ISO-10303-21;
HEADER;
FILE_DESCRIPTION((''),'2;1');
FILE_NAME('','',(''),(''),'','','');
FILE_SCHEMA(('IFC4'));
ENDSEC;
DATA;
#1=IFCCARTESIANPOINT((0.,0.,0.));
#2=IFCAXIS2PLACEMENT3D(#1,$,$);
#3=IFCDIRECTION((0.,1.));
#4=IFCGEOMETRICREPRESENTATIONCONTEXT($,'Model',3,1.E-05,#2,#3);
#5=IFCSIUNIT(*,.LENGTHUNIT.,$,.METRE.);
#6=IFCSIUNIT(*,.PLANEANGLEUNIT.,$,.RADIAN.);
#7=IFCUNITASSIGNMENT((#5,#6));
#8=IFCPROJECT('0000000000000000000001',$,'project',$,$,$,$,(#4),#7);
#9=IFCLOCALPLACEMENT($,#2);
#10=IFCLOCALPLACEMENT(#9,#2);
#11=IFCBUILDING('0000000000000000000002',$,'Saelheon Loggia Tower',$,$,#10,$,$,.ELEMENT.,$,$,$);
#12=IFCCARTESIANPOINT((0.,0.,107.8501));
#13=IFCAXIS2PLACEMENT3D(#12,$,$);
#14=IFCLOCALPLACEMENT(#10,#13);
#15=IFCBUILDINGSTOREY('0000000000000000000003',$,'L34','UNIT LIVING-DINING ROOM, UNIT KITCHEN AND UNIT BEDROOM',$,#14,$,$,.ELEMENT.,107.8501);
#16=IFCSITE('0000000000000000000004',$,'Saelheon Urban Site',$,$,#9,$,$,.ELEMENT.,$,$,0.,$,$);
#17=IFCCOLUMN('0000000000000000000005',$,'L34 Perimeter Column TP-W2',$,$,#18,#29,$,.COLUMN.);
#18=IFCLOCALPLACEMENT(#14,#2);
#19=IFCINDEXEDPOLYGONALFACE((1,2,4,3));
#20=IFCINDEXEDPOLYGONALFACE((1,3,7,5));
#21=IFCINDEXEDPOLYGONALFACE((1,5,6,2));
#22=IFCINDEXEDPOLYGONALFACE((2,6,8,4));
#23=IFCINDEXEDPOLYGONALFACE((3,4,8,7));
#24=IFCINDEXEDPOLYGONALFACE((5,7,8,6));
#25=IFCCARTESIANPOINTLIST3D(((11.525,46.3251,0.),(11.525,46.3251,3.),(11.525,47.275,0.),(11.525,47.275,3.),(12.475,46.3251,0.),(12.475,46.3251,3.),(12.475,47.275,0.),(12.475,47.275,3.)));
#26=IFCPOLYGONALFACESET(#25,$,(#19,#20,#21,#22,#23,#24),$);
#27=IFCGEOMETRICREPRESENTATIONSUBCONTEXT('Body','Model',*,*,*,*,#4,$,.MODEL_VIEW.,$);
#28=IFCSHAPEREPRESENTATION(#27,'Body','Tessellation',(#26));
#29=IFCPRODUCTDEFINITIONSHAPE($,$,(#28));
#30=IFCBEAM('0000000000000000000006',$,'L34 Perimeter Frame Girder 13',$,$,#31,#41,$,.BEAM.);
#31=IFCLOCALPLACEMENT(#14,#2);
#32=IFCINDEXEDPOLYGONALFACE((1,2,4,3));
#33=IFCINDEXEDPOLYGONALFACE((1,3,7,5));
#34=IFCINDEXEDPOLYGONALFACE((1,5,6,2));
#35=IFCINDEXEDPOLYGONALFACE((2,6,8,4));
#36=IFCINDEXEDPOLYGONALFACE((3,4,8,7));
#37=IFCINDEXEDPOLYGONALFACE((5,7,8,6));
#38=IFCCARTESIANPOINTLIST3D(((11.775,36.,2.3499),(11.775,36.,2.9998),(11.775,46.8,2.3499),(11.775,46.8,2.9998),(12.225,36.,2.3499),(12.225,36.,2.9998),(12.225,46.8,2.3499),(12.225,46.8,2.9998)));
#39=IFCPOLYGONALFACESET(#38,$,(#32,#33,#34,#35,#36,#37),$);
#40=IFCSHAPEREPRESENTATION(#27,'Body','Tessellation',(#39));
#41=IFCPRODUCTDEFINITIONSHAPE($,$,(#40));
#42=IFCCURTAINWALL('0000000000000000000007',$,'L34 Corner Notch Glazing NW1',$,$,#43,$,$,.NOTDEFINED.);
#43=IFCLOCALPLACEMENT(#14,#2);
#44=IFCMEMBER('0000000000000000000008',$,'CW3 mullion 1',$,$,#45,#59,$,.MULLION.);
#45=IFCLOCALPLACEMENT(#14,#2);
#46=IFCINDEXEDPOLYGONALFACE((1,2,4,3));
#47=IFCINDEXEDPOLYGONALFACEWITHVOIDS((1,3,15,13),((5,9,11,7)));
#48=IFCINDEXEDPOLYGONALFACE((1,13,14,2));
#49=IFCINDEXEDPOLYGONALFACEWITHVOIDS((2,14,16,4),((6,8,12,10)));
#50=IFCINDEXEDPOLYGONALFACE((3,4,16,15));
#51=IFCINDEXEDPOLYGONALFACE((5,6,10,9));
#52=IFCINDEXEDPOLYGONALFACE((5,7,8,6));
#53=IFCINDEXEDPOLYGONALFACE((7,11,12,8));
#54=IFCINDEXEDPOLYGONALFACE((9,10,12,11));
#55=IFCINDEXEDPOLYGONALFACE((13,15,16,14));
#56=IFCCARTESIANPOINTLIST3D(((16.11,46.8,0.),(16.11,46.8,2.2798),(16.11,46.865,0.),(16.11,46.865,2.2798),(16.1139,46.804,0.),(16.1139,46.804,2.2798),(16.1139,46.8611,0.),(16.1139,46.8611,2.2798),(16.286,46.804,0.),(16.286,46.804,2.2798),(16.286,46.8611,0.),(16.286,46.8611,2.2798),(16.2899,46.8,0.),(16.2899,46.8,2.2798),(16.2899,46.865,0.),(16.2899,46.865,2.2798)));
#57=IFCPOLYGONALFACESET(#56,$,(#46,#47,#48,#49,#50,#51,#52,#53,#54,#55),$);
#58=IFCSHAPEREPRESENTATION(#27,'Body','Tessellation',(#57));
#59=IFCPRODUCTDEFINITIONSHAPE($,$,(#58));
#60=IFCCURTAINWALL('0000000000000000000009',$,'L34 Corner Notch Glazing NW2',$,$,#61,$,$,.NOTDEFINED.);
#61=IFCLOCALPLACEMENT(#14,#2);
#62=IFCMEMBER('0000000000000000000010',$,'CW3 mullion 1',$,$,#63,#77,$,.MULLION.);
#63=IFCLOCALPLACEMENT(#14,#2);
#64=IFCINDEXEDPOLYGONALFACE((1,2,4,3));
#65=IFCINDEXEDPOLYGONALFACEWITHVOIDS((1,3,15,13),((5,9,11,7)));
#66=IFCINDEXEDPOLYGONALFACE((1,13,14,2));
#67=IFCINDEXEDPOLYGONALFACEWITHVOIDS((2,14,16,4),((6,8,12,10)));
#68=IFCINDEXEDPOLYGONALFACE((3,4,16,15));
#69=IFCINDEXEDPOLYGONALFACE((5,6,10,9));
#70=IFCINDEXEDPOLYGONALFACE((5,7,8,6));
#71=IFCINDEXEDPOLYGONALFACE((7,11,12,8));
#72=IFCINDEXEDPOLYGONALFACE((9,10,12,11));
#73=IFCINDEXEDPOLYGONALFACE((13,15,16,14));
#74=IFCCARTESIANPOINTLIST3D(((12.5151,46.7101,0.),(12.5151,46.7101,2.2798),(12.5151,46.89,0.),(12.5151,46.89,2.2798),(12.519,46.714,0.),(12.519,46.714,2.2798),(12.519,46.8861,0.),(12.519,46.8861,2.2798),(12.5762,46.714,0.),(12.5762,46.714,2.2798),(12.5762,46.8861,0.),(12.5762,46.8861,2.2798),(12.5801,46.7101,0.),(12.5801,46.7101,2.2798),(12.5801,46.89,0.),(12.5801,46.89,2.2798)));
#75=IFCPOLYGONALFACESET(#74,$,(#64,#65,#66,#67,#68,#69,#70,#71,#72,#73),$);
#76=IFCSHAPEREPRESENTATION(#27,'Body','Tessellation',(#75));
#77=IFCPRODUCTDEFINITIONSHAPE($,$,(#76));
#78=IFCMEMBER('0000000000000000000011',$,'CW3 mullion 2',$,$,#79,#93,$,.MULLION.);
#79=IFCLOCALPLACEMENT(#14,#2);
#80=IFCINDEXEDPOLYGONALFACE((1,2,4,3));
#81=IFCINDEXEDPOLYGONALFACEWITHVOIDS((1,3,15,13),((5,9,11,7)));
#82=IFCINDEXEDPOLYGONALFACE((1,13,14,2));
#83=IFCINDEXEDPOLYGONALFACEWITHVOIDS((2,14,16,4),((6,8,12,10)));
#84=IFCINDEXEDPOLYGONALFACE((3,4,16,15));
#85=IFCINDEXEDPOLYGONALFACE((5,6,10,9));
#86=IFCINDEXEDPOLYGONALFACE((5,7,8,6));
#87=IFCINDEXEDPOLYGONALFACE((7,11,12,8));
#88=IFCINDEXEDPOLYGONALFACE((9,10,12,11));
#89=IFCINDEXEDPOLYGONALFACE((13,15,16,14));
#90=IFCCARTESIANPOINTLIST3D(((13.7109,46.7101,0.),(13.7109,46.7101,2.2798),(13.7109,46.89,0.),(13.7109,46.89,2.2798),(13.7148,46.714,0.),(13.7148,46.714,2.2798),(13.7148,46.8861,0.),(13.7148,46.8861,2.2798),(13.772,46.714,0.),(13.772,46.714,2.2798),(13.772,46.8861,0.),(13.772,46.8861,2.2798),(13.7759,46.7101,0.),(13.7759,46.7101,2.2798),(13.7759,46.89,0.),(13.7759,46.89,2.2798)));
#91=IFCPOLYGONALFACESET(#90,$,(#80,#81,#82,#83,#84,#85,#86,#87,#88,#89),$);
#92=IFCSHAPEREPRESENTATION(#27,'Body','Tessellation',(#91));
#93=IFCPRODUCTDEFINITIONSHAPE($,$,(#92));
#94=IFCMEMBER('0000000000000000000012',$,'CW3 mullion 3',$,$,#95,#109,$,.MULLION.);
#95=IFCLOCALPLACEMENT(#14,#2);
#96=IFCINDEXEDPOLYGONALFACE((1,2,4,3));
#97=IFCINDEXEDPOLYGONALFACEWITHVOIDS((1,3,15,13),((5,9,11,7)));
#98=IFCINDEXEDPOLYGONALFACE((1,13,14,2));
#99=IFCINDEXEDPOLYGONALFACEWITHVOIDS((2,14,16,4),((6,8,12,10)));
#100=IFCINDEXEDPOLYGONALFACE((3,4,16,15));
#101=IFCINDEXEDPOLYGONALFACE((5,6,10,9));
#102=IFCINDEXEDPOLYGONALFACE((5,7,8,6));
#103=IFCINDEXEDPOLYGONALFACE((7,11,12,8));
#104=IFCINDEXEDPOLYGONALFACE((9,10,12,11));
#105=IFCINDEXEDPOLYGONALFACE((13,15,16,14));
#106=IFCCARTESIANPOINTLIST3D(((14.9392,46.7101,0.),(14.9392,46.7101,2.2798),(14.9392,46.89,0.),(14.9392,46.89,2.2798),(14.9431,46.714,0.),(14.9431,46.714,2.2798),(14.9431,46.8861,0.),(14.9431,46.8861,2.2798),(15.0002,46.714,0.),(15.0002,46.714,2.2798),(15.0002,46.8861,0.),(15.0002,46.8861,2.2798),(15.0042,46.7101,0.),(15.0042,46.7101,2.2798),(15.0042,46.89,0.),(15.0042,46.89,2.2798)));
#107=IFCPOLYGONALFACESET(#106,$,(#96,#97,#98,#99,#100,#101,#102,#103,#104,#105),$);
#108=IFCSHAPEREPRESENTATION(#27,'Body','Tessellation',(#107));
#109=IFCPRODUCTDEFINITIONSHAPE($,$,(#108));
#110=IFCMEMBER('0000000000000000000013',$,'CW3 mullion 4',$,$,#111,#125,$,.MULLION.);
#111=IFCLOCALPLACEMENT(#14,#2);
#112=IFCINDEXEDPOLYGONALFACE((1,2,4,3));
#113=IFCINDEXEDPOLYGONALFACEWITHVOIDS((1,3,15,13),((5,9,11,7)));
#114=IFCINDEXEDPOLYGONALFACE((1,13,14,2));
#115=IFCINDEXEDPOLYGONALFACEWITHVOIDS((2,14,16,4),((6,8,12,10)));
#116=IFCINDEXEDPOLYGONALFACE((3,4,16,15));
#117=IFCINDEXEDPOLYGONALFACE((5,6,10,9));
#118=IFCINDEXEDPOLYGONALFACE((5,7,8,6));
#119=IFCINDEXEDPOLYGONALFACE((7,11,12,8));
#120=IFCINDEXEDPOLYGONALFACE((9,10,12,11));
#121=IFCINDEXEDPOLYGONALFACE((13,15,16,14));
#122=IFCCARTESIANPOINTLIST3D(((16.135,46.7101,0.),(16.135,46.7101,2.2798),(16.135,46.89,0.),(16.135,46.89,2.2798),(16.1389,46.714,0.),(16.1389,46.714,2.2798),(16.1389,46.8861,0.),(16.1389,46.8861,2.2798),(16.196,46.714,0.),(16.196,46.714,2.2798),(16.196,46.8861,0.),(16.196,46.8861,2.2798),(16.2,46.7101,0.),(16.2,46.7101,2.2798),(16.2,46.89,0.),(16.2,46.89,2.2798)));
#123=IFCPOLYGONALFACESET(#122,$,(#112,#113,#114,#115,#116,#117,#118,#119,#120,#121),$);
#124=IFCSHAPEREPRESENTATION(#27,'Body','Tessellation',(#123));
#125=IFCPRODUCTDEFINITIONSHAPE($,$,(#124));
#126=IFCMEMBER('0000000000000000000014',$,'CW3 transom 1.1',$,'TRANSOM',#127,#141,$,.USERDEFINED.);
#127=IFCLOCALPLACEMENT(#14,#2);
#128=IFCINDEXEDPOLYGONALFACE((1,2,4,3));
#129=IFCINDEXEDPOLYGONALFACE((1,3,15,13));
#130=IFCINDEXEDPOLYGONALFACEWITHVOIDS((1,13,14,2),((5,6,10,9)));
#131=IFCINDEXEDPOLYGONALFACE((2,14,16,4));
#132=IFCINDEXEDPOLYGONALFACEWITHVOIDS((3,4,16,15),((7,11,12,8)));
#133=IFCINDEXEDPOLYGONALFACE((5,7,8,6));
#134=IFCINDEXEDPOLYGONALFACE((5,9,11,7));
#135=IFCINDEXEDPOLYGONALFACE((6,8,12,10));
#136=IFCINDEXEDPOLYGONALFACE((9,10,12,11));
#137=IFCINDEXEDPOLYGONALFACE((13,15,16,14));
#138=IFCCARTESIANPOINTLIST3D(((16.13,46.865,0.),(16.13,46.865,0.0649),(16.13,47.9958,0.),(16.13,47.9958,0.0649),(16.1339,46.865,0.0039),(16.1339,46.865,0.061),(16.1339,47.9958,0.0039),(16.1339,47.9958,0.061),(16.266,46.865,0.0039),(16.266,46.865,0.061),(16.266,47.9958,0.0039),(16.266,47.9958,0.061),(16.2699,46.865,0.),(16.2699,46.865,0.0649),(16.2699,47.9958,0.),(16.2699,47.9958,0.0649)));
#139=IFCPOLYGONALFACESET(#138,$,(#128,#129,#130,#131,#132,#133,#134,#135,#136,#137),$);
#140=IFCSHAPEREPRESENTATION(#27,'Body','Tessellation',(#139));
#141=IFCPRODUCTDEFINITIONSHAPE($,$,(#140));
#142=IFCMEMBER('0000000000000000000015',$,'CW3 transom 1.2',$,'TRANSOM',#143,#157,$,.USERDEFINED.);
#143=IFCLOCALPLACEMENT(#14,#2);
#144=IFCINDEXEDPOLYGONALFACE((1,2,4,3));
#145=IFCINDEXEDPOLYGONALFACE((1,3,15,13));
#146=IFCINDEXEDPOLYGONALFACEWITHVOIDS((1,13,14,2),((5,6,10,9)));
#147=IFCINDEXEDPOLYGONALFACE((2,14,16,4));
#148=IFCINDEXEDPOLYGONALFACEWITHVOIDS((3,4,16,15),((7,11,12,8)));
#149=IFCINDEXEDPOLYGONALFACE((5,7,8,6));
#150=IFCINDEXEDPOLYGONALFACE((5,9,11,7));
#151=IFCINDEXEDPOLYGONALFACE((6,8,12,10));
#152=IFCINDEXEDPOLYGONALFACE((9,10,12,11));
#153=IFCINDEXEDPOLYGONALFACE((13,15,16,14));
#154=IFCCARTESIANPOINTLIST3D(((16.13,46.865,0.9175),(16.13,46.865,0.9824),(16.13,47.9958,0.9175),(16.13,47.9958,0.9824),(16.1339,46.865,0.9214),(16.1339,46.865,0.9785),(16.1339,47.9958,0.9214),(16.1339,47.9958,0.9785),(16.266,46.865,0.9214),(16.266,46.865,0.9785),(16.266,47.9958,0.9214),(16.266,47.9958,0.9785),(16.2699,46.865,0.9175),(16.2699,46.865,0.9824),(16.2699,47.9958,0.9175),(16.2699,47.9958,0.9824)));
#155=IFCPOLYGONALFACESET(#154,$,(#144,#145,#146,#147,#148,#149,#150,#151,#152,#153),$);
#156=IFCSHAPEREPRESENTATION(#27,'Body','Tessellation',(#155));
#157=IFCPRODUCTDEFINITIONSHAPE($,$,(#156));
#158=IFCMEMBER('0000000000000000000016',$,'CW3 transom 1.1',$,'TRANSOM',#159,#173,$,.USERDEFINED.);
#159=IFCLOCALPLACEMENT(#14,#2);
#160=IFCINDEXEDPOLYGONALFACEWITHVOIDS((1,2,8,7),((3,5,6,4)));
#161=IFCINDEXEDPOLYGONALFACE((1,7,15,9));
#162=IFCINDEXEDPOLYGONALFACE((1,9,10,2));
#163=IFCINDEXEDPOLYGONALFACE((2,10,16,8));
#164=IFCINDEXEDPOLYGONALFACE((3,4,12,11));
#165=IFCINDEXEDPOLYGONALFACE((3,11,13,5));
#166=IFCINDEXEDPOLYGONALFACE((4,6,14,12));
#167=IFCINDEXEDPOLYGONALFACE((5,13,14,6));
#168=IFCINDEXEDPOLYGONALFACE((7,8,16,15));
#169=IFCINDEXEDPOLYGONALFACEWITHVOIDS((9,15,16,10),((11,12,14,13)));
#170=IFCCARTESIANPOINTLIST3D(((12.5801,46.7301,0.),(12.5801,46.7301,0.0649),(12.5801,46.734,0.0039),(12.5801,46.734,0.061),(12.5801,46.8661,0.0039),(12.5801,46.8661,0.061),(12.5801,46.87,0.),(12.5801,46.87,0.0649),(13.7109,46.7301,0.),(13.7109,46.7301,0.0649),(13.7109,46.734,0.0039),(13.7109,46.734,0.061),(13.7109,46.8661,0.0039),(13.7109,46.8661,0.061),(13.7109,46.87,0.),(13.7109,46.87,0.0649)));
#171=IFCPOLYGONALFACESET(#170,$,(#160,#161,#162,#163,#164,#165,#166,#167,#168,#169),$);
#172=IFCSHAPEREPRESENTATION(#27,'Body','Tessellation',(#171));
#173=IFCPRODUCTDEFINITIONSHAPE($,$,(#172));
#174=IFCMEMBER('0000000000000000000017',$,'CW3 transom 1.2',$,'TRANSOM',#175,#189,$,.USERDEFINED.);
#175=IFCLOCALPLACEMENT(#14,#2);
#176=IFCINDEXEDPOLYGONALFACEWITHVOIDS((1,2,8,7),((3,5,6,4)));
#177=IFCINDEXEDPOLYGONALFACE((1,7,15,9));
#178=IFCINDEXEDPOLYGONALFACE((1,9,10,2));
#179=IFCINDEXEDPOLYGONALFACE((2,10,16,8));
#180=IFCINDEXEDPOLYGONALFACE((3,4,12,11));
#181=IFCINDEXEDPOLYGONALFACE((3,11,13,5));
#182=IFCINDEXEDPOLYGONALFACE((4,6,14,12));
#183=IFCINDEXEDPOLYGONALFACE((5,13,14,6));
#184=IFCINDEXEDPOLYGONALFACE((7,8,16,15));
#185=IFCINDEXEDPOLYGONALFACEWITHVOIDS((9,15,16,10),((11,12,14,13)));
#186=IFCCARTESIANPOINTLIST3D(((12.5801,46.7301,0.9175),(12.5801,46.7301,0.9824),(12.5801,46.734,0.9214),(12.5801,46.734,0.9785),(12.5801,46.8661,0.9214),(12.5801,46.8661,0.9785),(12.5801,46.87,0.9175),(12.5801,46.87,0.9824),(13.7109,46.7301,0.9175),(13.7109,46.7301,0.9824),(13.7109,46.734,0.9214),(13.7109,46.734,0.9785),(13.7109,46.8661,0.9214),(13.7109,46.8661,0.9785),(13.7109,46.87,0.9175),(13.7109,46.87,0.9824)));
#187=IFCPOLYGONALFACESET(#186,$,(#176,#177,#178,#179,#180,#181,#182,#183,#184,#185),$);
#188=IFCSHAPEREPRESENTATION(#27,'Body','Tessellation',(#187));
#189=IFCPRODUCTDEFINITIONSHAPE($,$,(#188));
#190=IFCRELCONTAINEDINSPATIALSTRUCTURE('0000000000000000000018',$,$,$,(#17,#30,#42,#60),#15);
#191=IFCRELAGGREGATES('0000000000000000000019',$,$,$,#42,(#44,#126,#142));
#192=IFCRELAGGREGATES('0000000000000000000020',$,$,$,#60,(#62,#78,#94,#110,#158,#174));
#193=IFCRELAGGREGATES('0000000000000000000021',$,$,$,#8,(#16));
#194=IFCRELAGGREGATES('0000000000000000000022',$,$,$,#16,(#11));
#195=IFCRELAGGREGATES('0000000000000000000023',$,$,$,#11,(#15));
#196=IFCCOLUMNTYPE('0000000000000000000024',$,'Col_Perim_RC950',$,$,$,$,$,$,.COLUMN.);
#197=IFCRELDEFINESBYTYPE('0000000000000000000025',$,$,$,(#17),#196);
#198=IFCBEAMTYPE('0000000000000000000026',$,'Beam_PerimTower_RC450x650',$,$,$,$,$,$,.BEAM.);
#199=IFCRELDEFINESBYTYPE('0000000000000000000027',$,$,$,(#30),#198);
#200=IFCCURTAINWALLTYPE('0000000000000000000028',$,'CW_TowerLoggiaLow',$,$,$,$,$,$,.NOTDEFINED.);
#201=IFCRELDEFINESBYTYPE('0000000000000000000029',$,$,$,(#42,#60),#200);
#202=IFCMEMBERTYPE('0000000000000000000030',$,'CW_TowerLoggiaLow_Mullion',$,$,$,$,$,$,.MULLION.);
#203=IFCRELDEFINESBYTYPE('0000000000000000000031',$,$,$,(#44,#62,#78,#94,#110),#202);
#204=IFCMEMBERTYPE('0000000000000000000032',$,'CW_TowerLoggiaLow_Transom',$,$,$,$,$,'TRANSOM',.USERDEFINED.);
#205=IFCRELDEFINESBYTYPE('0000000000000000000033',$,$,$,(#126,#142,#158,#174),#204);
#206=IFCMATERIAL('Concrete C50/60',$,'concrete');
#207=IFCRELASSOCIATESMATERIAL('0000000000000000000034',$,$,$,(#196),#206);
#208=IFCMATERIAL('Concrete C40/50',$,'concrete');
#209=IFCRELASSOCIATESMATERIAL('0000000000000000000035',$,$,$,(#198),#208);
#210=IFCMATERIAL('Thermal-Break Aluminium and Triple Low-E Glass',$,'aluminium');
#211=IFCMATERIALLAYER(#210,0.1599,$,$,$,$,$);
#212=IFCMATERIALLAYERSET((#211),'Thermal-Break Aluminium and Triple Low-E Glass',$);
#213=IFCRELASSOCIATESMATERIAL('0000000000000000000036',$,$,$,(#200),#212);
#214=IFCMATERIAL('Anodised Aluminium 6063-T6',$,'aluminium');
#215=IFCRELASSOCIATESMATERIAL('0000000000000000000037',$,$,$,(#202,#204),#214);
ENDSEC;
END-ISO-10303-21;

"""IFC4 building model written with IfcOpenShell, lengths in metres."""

from ifc_helpers import new_model, si_unit, direction, frame, origin, origin_2d, place, context, subcontext, project, spatial, rectangle, hollow_rectangle, extrude, source, transform, mapped, material, layer, layer_set, material_profile, profile_set, type_object, element, aggregate, save


model = new_model("IFC4")

# Units and contexts
model_context = context("Model", 3, precision=1e-05, world=origin(), true_north=direction((0.0, 1.0)))
body_context = subcontext(model_context, "Body", "Model", "MODEL_VIEW")
ifc_project = project(units=[si_unit("LENGTHUNIT", "METRE"), si_unit("PLANEANGLEUNIT", "RADIAN")], contexts=[model_context])

# Site, building, storey
site_placement = place(None, origin())
site = spatial("IfcSite", under=ifc_project, at=site_placement, Name="Saelheon Urban Site", CompositionType="ELEMENT", RefElevation=0.0)
building_placement = place(site_placement, origin())
building = spatial("IfcBuilding", under=site, at=building_placement, Name="Saelheon Loggia Tower", CompositionType="ELEMENT")
storey_placement = place(building_placement, frame((0.0, 0.0, 107.8501)))
storey = spatial("IfcBuildingStorey", under=building, at=storey_placement, Name="L34", Description="UNIT LIVING-DINING ROOM, UNIT KITCHEN AND UNIT BEDROOM", CompositionType="ELEMENT", Elevation=107.8501)

# Column
ifc_material_1 = material(Name="Concrete C50/60", Category="concrete")
ifc_material_profile_1 = material_profile(ifc_material_1, rectangle(XDim=0.95, YDim=0.95, at=origin_2d()), Name="RC-950x950")
ifc_profile_set_1 = profile_set([ifc_material_profile_1], Name="Concrete C50/60")
column_type = type_object("IfcColumnType", Name="Col_Perim_RC950", PredefinedType="COLUMN", material=ifc_profile_set_1)
shared_shape_1 = source(origin(), body_context, "Body", "SweptSolid", [
    extrude(rectangle(XDim=0.95, YDim=0.95, at=origin_2d()), origin(), (0.0, 0.0, 1.0), 3.0),
])
column_placement = place(storey_placement, frame((12.0, 46.8, 0.0), z_axis=(0.0, 0.0, 1.0), x_axis=(1.0, 0.0, 0.0)))
element("IfcColumn", 1, at=column_placement, inside=storey, type_object=column_type, Name="L34 Perimeter Column TP-W2", PredefinedType="COLUMN", context=body_context, shape_type="MappedRepresentation", body=[
    mapped(shared_shape_1, transform((0.0, 0.0, 0.0), scale=1.0)),
])

# Beam
ifc_material_2 = material(Name="Concrete C40/50", Category="concrete")
ifc_material_profile_2 = material_profile(ifc_material_2, rectangle(XDim=0.45, YDim=0.6499, at=origin_2d()), Name="RC-450x650")
ifc_profile_set_2 = profile_set([ifc_material_profile_2], Name="Concrete C40/50")
beam_type = type_object("IfcBeamType", Name="Beam_PerimTower_RC450x650", PredefinedType="BEAM", material=ifc_profile_set_2)
shared_shape_2 = source(origin(), body_context, "Body", "SweptSolid", [
    extrude(rectangle(XDim=0.45, YDim=0.6499, at=origin_2d()), origin(), (0.0, 0.0, 1.0), 10.8),
])
beam_placement = place(storey_placement, frame((12.0, 46.8, 2.6748), z_axis=(0.0, -1.0, 0.0), x_axis=(1.0, 0.0, 0.0)))
element("IfcBeam", 2, at=beam_placement, inside=storey, type_object=beam_type, Name="L34 Perimeter Frame Girder 13", PredefinedType="BEAM", context=body_context, shape_type="MappedRepresentation", body=[
    mapped(shared_shape_2, transform((0.0, 0.0, 0.0), scale=1.0)),
])

# Curtain wall, member
ifc_material_3 = material(Name="Thermal-Break Aluminium and Triple Low-E Glass", Category="aluminium")
ifc_layer_1 = layer(ifc_material_3, 0.1599)
ifc_layer_set_1 = layer_set([ifc_layer_1], Name="Thermal-Break Aluminium and Triple Low-E Glass")
curtain_wall_type = type_object("IfcCurtainWallType", Name="CW_TowerLoggiaLow", PredefinedType="NOTDEFINED", material=ifc_layer_set_1)
curtain_wall_1_placement = place(storey_placement, origin())
curtain_wall_1 = element("IfcCurtainWall", 3, at=curtain_wall_1_placement, inside=storey, type_object=curtain_wall_type, Name="L34 Corner Notch Glazing NW1", PredefinedType="NOTDEFINED")
ifc_material_4 = material(Name="Anodised Aluminium 6063-T6", Category="aluminium")
ifc_material_profile_3 = material_profile(ifc_material_4, hollow_rectangle(XDim=0.0649, YDim=0.1799, WallThickness=0.0039, at=origin_2d()), Name="RHS-180x65x4")
ifc_profile_set_3 = profile_set([ifc_material_profile_3], Name="Anodised Aluminium 6063-T6")
member_type_1 = type_object("IfcMemberType", Name="CW_TowerLoggiaLow_Mullion", PredefinedType="MULLION", material=ifc_profile_set_3)
shared_shape_3 = source(origin(), body_context, "Body", "SweptSolid", [
    extrude(hollow_rectangle(XDim=0.0649, YDim=0.1799, WallThickness=0.0039, at=origin_2d()), origin(), (0.0, 0.0, 1.0), 2.2798),
])
member_1_placement = place(storey_placement, frame((16.2, 46.8325, 0.0), z_axis=(0.0, 0.0, 1.0), x_axis=(0.0, 1.0, 0.0)))
member_1 = element("IfcMember", 4, at=member_1_placement, type_object=member_type_1, Name="CW3 mullion 1", PredefinedType="MULLION", context=body_context, shape_type="MappedRepresentation", body=[
    mapped(shared_shape_3, transform((0.0, 0.0, 0.0), scale=1.0)),
])

# Curtain wall, members
curtain_wall_2_placement = place(storey_placement, origin())
curtain_wall_2 = element("IfcCurtainWall", 5, at=curtain_wall_2_placement, inside=storey, type_object=curtain_wall_type, Name="L34 Corner Notch Glazing NW2", PredefinedType="NOTDEFINED")
member_2_placement = place(storey_placement, frame((12.5476, 46.8, 0.0), z_axis=(0.0, 0.0, 1.0), x_axis=(1.0, 0.0, 0.0)))
member_2 = element("IfcMember", 6, at=member_2_placement, type_object=member_type_1, Name="CW3 mullion 1", PredefinedType="MULLION", context=body_context, shape_type="MappedRepresentation", body=[
    mapped(shared_shape_3, transform((0.0, 0.0, 0.0), scale=1.0)),
])
member_3_placement = place(storey_placement, frame((13.7434, 46.8, 0.0), z_axis=(0.0, 0.0, 1.0), x_axis=(1.0, 0.0, 0.0)))
member_3 = element("IfcMember", 7, at=member_3_placement, type_object=member_type_1, Name="CW3 mullion 2", PredefinedType="MULLION", context=body_context, shape_type="MappedRepresentation", body=[
    mapped(shared_shape_3, transform((0.0, 0.0, 0.0), scale=1.0)),
])
member_4_placement = place(storey_placement, frame((14.9717, 46.8, 0.0), z_axis=(0.0, 0.0, 1.0), x_axis=(1.0, 0.0, 0.0)))
member_4 = element("IfcMember", 8, at=member_4_placement, type_object=member_type_1, Name="CW3 mullion 3", PredefinedType="MULLION", context=body_context, shape_type="MappedRepresentation", body=[
    mapped(shared_shape_3, transform((0.0, 0.0, 0.0), scale=1.0)),
])
member_5_placement = place(storey_placement, frame((16.1675, 46.8, 0.0), z_axis=(0.0, 0.0, 1.0), x_axis=(1.0, 0.0, 0.0)))
member_5 = element("IfcMember", 9, at=member_5_placement, type_object=member_type_1, Name="CW3 mullion 4", PredefinedType="MULLION", context=body_context, shape_type="MappedRepresentation", body=[
    mapped(shared_shape_3, transform((0.0, 0.0, 0.0), scale=1.0)),
])

# Members
ifc_material_profile_4 = material_profile(ifc_material_4, hollow_rectangle(XDim=0.0649, YDim=0.1399, WallThickness=0.0039, at=origin_2d()), Name="RHS-140x65x4")
ifc_profile_set_4 = profile_set([ifc_material_profile_4], Name="Anodised Aluminium 6063-T6")
member_type_2 = type_object("IfcMemberType", Name="CW_TowerLoggiaLow_Transom", ElementType="TRANSOM", PredefinedType="USERDEFINED", material=ifc_profile_set_4)
shared_shape_4 = source(origin(), body_context, "Body", "SweptSolid", [
    extrude(hollow_rectangle(XDim=0.0649, YDim=0.1399, WallThickness=0.0039, at=origin_2d()), origin(), (0.0, 0.0, 1.0), 1.1309),
])
member_6_placement = place(storey_placement, frame((16.2, 46.865, 0.0325), z_axis=(0.0, 1.0, 0.0), x_axis=(0.0, 0.0, 1.0)))
member_6 = element("IfcMember", 10, at=member_6_placement, type_object=member_type_2, Name="CW3 transom 1.1", ObjectType="TRANSOM", PredefinedType="USERDEFINED", context=body_context, shape_type="MappedRepresentation", body=[
    mapped(shared_shape_4, transform((0.0, 0.0, 0.0), scale=1.0)),
])
member_7_placement = place(storey_placement, frame((16.2, 46.865, 0.95), z_axis=(0.0, 1.0, 0.0), x_axis=(0.0, 0.0, 1.0)))
member_7 = element("IfcMember", 11, at=member_7_placement, type_object=member_type_2, Name="CW3 transom 1.2", ObjectType="TRANSOM", PredefinedType="USERDEFINED", context=body_context, shape_type="MappedRepresentation", body=[
    mapped(shared_shape_4, transform((0.0, 0.0, 0.0), scale=1.0)),
])
aggregate(curtain_wall_1, [member_1, member_6, member_7])
member_8_placement = place(storey_placement, frame((12.5801, 46.8, 0.0325), z_axis=(1.0, 0.0, 0.0), x_axis=(0.0, 0.0, 1.0)))
member_8 = element("IfcMember", 12, at=member_8_placement, type_object=member_type_2, Name="CW3 transom 1.1", ObjectType="TRANSOM", PredefinedType="USERDEFINED", context=body_context, shape_type="MappedRepresentation", body=[
    mapped(shared_shape_4, transform((0.0, 0.0, 0.0), scale=1.0)),
])
member_9_placement = place(storey_placement, frame((12.5801, 46.8, 0.95), z_axis=(1.0, 0.0, 0.0), x_axis=(0.0, 0.0, 1.0)))
member_9 = element("IfcMember", 13, at=member_9_placement, type_object=member_type_2, Name="CW3 transom 1.2", ObjectType="TRANSOM", PredefinedType="USERDEFINED", context=body_context, shape_type="MappedRepresentation", body=[
    mapped(shared_shape_4, transform((0.0, 0.0, 0.0), scale=1.0)),
])

aggregate(curtain_wall_2, [member_2, member_3, member_4, member_5, member_8, member_9])

save(model, "model.ifc")
